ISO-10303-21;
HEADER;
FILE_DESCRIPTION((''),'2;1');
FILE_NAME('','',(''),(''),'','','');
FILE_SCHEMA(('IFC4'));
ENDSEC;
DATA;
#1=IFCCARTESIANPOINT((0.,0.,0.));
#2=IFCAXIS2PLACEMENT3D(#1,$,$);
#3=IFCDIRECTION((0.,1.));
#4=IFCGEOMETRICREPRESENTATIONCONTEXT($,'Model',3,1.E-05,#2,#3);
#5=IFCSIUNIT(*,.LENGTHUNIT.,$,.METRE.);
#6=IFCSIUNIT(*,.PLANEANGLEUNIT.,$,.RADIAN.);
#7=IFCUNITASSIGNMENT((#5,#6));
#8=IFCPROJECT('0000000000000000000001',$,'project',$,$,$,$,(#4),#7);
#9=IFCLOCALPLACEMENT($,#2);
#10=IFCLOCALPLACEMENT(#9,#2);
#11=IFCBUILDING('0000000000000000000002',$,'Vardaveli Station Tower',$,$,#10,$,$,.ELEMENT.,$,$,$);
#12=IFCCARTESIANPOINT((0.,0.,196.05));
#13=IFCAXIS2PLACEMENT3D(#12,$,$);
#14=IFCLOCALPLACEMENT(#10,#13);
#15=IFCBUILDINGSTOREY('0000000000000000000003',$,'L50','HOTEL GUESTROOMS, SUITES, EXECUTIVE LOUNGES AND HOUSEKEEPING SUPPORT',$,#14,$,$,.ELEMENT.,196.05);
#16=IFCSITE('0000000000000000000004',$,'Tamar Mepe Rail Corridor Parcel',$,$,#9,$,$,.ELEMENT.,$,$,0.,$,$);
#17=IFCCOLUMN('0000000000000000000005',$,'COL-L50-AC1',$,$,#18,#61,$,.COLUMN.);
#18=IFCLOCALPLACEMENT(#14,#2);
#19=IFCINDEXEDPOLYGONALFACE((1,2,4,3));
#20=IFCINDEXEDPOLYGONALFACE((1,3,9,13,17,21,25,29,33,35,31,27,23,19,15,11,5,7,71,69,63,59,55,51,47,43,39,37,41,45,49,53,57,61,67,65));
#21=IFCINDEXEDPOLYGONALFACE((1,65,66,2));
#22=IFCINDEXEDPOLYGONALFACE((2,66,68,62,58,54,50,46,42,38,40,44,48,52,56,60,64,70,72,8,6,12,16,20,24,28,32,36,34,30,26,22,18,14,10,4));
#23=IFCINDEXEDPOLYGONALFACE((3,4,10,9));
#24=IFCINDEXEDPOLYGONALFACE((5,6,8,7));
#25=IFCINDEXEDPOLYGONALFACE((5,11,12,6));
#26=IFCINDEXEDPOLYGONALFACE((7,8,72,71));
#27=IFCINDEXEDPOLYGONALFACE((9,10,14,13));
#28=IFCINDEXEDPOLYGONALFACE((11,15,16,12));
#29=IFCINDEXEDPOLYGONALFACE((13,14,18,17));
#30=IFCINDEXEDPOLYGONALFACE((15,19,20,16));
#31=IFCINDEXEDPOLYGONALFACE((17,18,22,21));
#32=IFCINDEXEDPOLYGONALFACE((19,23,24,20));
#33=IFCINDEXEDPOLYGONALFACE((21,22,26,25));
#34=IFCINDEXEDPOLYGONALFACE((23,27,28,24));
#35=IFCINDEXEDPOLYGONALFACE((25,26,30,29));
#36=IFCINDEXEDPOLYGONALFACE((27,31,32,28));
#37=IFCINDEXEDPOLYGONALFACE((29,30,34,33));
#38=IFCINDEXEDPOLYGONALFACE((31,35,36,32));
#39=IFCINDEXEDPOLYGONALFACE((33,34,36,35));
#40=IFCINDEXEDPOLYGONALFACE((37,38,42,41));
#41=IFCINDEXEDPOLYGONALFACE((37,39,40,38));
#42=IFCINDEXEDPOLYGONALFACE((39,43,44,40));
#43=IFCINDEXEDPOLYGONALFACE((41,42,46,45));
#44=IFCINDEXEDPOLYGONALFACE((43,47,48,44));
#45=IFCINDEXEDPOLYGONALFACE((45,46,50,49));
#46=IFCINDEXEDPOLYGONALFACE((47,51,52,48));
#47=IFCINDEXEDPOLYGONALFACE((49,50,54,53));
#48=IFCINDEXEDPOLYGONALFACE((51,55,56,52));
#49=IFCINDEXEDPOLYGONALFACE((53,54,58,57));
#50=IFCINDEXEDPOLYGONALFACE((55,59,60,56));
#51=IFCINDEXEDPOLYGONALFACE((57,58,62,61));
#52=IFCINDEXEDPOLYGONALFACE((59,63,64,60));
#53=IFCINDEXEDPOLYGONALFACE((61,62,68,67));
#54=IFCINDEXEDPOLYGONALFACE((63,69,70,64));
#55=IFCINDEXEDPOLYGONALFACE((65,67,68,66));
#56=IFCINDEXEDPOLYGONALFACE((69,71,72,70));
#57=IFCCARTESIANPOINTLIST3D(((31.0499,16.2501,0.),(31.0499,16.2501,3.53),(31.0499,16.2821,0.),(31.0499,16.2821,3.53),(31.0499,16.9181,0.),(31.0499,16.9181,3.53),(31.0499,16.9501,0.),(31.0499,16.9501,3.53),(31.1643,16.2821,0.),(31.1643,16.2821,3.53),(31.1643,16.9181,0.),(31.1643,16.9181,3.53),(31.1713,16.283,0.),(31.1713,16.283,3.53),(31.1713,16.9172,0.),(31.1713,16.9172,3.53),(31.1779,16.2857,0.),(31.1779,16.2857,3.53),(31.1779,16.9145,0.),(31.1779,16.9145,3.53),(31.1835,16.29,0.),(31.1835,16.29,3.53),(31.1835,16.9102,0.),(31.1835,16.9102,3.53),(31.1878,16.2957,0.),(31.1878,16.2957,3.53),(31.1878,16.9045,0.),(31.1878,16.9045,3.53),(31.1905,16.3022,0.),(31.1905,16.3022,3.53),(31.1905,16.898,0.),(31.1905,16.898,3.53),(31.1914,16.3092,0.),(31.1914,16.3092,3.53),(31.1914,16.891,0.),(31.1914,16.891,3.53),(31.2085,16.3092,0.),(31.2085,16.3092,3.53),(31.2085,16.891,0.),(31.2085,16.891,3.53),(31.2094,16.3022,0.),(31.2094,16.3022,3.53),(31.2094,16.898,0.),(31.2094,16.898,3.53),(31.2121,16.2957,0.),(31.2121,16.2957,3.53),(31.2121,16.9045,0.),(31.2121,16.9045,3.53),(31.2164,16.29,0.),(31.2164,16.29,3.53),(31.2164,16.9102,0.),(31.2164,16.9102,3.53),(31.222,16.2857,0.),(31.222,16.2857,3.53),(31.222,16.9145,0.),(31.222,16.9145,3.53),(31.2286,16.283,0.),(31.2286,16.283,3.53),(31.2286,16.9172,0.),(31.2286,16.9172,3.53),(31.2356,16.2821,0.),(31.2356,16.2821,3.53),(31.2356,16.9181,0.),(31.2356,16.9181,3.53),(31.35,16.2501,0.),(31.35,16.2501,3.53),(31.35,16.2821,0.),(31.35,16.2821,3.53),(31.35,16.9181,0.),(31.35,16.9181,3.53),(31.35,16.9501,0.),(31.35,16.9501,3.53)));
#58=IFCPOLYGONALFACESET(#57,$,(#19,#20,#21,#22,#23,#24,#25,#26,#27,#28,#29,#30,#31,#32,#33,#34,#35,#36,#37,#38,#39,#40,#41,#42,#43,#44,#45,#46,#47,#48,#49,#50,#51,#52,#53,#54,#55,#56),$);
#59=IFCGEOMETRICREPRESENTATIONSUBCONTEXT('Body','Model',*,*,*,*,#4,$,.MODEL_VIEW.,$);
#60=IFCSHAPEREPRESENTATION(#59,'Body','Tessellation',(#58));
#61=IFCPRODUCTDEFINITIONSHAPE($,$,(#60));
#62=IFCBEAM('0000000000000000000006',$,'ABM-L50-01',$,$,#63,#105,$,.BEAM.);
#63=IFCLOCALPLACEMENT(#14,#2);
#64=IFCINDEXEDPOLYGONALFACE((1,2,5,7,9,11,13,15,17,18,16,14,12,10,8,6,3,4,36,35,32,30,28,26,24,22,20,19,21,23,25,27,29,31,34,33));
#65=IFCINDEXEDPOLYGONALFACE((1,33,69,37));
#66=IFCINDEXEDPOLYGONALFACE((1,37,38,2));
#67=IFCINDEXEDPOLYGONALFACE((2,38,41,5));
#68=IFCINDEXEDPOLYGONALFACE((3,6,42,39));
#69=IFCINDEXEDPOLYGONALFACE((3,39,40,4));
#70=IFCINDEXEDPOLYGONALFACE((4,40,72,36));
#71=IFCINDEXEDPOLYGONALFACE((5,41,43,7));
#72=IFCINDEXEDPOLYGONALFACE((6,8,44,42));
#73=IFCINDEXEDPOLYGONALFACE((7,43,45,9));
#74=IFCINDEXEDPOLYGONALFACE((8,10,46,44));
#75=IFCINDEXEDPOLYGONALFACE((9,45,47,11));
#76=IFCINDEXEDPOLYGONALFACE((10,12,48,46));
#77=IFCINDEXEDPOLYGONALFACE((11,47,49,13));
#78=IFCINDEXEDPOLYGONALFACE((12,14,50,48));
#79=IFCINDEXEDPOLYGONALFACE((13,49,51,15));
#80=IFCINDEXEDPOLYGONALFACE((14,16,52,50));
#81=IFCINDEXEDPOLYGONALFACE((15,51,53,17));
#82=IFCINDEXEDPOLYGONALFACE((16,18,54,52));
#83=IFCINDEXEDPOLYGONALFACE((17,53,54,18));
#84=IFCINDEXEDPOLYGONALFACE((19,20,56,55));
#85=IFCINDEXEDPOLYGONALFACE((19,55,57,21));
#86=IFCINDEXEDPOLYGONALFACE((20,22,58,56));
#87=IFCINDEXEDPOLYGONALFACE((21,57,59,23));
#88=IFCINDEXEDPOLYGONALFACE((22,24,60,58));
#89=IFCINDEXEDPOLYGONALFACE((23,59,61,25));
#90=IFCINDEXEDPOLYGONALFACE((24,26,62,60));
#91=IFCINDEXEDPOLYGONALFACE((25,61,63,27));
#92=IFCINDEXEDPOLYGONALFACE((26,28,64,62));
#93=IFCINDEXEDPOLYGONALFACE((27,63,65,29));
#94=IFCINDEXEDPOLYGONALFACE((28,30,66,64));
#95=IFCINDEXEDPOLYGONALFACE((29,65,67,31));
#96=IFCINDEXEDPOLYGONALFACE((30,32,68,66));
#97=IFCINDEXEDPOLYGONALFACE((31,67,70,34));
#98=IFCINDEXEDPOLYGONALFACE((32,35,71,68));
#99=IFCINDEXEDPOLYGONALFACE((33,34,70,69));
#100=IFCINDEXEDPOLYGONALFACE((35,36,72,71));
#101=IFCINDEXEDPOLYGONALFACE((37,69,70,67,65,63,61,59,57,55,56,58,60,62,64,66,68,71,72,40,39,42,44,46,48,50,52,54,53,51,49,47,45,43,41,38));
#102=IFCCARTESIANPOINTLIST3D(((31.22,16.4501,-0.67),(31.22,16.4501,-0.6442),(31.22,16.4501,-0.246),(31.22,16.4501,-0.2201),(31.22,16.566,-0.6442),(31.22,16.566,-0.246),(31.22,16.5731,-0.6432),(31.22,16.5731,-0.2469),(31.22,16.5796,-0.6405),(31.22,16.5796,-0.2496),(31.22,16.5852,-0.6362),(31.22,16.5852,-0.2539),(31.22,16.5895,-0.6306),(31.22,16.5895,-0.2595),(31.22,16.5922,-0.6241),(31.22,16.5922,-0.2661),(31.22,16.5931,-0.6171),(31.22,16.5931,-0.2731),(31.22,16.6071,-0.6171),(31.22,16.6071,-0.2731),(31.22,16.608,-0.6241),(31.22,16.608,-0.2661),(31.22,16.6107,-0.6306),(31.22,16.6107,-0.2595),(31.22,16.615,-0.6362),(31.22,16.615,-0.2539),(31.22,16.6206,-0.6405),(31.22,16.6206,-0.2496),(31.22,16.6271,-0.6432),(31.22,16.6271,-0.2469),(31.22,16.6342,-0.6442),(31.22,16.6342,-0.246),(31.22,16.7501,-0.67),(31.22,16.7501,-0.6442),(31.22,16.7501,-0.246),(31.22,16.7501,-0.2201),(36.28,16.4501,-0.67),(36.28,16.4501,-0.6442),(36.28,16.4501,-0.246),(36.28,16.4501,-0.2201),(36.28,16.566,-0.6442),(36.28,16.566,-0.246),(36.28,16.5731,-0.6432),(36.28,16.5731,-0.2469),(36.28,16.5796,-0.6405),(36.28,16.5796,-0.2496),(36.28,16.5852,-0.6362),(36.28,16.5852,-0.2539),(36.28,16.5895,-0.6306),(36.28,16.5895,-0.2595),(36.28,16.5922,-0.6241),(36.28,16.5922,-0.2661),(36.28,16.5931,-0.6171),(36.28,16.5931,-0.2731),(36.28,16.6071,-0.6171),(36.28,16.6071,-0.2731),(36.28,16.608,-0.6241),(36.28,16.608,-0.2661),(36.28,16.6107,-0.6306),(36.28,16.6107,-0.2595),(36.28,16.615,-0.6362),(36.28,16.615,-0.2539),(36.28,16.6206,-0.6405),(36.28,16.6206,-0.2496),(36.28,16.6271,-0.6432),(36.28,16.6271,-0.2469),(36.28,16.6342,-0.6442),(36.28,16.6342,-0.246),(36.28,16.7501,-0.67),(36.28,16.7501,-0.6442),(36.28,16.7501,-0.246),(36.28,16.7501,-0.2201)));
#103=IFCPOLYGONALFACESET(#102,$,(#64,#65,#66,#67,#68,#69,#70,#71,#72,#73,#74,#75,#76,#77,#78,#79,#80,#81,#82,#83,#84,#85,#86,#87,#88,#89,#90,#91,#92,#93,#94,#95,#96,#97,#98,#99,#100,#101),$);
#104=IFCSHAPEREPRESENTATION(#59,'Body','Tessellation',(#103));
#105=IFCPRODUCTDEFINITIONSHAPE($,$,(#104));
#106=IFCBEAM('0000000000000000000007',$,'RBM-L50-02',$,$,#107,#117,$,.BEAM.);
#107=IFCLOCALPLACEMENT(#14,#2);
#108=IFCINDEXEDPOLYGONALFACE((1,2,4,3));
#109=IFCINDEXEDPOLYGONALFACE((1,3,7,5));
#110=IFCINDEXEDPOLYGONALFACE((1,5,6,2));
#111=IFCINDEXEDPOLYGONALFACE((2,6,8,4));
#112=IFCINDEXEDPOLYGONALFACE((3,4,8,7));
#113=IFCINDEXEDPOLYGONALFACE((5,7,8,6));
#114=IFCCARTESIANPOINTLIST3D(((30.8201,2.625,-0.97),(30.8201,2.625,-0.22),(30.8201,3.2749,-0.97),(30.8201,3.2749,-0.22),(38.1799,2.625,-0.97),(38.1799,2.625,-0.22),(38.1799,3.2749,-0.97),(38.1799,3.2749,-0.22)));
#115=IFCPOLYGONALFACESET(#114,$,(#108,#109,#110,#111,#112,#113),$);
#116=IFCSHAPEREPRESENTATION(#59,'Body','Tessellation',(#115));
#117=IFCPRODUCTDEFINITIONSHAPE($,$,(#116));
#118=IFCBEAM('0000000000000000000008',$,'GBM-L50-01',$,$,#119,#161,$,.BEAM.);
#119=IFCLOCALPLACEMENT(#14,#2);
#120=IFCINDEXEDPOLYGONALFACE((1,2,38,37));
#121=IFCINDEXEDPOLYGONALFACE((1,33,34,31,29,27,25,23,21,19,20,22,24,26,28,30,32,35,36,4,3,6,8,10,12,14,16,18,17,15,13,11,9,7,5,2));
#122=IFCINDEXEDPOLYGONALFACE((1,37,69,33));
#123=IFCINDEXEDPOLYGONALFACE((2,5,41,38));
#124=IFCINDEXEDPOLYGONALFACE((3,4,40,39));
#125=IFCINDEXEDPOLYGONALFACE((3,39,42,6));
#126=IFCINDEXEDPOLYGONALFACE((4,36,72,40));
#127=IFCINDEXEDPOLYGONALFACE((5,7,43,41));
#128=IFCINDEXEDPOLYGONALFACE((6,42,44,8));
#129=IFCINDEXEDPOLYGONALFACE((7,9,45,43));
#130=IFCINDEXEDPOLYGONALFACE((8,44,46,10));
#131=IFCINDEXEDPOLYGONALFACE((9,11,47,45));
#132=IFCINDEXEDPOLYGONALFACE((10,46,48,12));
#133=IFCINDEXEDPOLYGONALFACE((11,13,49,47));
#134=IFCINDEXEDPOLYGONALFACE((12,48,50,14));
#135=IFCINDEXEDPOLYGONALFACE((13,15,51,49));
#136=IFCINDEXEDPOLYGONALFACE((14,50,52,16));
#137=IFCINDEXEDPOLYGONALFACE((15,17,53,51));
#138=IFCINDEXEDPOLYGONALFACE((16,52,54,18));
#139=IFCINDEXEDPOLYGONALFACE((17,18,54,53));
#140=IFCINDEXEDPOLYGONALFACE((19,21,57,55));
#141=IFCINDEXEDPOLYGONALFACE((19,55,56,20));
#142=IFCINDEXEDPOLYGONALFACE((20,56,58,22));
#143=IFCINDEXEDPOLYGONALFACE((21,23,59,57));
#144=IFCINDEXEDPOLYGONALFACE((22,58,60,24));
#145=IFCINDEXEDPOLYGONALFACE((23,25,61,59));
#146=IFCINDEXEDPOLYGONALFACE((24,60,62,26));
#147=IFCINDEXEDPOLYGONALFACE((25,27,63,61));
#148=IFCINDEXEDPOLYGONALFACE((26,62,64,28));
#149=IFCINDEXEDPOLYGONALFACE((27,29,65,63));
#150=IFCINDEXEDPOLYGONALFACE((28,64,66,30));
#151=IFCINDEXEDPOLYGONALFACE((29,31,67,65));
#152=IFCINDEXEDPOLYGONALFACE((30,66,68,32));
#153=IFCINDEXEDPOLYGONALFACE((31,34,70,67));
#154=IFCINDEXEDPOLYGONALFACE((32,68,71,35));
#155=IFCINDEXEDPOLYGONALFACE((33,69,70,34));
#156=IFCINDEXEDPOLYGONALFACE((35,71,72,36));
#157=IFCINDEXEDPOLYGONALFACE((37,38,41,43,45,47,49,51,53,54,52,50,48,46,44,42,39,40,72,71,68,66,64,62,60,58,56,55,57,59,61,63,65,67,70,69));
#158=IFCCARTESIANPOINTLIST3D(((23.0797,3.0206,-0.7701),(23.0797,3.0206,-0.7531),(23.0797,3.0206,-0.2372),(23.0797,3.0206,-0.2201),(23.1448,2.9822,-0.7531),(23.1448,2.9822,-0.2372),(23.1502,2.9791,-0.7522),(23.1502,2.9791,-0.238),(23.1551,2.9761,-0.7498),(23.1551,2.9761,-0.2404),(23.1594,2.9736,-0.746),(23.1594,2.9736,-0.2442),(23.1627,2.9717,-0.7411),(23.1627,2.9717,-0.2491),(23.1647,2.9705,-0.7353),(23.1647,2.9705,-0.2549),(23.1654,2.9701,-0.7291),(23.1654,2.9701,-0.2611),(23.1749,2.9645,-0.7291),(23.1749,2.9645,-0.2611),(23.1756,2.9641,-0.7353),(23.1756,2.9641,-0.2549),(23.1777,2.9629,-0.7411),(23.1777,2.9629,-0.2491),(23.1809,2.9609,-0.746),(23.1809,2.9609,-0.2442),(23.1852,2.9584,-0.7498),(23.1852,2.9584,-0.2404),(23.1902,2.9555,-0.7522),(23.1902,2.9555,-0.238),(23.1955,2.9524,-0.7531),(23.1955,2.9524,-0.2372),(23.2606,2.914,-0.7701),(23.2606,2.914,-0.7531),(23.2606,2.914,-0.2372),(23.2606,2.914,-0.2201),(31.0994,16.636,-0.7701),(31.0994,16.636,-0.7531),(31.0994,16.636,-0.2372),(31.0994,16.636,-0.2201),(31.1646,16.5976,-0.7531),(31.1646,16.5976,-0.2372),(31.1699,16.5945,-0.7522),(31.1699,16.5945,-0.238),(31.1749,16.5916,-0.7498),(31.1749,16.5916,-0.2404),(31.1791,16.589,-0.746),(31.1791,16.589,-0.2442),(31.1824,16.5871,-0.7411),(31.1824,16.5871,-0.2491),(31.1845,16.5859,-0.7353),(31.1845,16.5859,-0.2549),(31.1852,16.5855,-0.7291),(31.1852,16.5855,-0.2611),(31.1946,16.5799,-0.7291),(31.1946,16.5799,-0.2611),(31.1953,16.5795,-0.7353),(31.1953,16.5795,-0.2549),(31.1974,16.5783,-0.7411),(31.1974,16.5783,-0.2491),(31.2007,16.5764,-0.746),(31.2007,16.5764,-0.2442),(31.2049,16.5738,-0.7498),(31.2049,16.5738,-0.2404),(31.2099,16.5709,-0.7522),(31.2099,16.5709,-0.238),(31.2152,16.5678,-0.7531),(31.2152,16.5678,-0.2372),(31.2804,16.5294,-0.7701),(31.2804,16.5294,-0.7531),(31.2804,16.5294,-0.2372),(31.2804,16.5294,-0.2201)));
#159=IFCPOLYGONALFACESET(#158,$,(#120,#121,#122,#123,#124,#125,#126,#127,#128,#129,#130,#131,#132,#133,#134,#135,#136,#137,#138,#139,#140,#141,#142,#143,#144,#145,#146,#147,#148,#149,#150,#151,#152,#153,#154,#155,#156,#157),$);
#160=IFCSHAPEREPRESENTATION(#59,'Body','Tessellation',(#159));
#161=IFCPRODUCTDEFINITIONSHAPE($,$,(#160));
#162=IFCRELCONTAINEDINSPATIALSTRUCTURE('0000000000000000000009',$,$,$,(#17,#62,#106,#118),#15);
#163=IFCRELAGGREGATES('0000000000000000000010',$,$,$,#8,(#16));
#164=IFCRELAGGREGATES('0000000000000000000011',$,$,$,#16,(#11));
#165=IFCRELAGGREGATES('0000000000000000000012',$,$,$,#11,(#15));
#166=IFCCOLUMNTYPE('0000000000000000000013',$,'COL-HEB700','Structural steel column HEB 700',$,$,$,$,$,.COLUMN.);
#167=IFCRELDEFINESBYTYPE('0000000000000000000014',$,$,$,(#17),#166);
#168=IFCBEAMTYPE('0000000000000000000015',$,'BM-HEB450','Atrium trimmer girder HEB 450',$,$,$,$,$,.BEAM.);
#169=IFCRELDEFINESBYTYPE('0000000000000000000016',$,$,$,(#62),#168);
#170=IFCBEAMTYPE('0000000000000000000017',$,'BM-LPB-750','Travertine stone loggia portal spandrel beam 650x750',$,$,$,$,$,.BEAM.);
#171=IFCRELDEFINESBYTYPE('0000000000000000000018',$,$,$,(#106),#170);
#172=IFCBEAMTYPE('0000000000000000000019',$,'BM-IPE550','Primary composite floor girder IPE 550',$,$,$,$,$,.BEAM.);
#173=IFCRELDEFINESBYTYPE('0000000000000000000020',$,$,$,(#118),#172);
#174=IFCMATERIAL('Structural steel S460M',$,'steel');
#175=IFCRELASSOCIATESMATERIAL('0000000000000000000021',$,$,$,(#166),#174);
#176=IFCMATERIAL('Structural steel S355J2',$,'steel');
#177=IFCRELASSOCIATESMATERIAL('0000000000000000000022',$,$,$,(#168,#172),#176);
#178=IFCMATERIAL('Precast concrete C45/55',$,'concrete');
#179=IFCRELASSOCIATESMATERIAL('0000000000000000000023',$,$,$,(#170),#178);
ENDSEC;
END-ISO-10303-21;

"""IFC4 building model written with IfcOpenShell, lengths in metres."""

from ifc_helpers import new_model, si_unit, direction, frame, origin, origin_2d, place, context, subcontext, project, spatial, rectangle, i_section, extrude, source, transform, mapped, material, material_profile, profile_set, type_object, element, save


model = new_model("IFC4")

# Units and contexts
model_context = context("Model", 3, precision=1e-05, world=origin(), true_north=direction((0.0, 1.0)))
body_context = subcontext(model_context, "Body", "Model", "MODEL_VIEW")
ifc_project = project(units=[si_unit("LENGTHUNIT", "METRE"), si_unit("PLANEANGLEUNIT", "RADIAN")], contexts=[model_context])

# Site, building, storey
site_placement = place(None, origin())
site = spatial("IfcSite", under=ifc_project, at=site_placement, Name="Tamar Mepe Rail Corridor Parcel", CompositionType="ELEMENT", RefElevation=0.0)
building_placement = place(site_placement, origin())
building = spatial("IfcBuilding", under=site, at=building_placement, Name="Vardaveli Station Tower", CompositionType="ELEMENT")
storey_placement = place(building_placement, frame((0.0, 0.0, 196.05)))
storey = spatial("IfcBuildingStorey", under=building, at=storey_placement, Name="L50", Description="HOTEL GUESTROOMS, SUITES, EXECUTIVE LOUNGES AND HOUSEKEEPING SUPPORT", CompositionType="ELEMENT", Elevation=196.05)

# Column
ifc_material_1 = material(Name="Structural steel S460M", Category="steel")
ifc_material_profile_1 = material_profile(ifc_material_1, i_section(OverallWidth=0.3, OverallDepth=0.7, WebThickness=0.0171, FlangeThickness=0.032, FilletRadius=0.0271, at=origin_2d()), Name="HEB 700")
ifc_profile_set_1 = profile_set([ifc_material_profile_1], Name="Structural steel S460M")
column_type = type_object("IfcColumnType", Name="COL-HEB700", Description="Structural steel column HEB 700", PredefinedType="COLUMN", material=ifc_profile_set_1)
shared_shape_1 = source(origin(), body_context, "Body", "SweptSolid", [
    extrude(i_section(OverallWidth=0.3, OverallDepth=0.7, WebThickness=0.0171, FlangeThickness=0.032, FilletRadius=0.0271, at=origin_2d()), origin(), (0.0, 0.0, 1.0), 3.53),
])
column_placement = place(storey_placement, frame((31.2, 16.6001, 0.0), z_axis=(0.0, 0.0, 1.0), x_axis=(1.0, 0.0, 0.0)))
element("IfcColumn", 1, at=column_placement, inside=storey, type_object=column_type, Name="COL-L50-AC1", PredefinedType="COLUMN", context=body_context, shape_type="MappedRepresentation", body=[
    mapped(shared_shape_1, transform((0.0, 0.0, 0.0), scale=1.0)),
])

# Beams
ifc_material_2 = material(Name="Structural steel S355J2", Category="steel")
ifc_material_profile_2 = material_profile(ifc_material_2, i_section(OverallWidth=0.3, OverallDepth=0.45, WebThickness=0.0139, FlangeThickness=0.0259, FilletRadius=0.0271, at=origin_2d()), Name="HEB 450")
ifc_profile_set_2 = profile_set([ifc_material_profile_2], Name="Structural steel S355J2")
beam_type_1 = type_object("IfcBeamType", Name="BM-HEB450", Description="Atrium trimmer girder HEB 450", PredefinedType="BEAM", material=ifc_profile_set_2)
shared_shape_2 = source(origin(), body_context, "Body", "SweptSolid", [
    extrude(i_section(OverallWidth=0.3, OverallDepth=0.45, WebThickness=0.0139, FlangeThickness=0.0259, FilletRadius=0.0271, at=origin_2d()), origin(), (0.0, 0.0, 1.0), 5.0601),
])
beam_1_placement = place(storey_placement, frame((31.22, 16.6001, -0.4451), z_axis=(1.0, 0.0, 0.0), x_axis=(0.0, 1.0, 0.0)))
element("IfcBeam", 2, at=beam_1_placement, inside=storey, type_object=beam_type_1, Name="ABM-L50-01", PredefinedType="BEAM", context=body_context, shape_type="MappedRepresentation", body=[
    mapped(shared_shape_2, transform((0.0, 0.0, 0.0), scale=1.0)),
])
ifc_material_3 = material(Name="Precast concrete C45/55", Category="concrete")
ifc_material_profile_3 = material_profile(ifc_material_3, rectangle(XDim=0.6499, YDim=0.75, at=origin_2d()), Name="LPB 650x750")
ifc_profile_set_3 = profile_set([ifc_material_profile_3], Name="Precast concrete C45/55")
beam_type_2 = type_object("IfcBeamType", Name="BM-LPB-750", Description="Travertine stone loggia portal spandrel beam 650x750", PredefinedType="BEAM", material=ifc_profile_set_3)
shared_shape_3 = source(origin(), body_context, "Body", "SweptSolid", [
    extrude(rectangle(XDim=0.6499, YDim=0.75, at=origin_2d()), origin(), (0.0, 0.0, 1.0), 7.3599),
])
beam_2_placement = place(storey_placement, frame((30.8201, 2.95, -0.595), z_axis=(1.0, 0.0, 0.0), x_axis=(0.0, 1.0, 0.0)))
element("IfcBeam", 3, at=beam_2_placement, inside=storey, type_object=beam_type_2, Name="RBM-L50-02", PredefinedType="BEAM", context=body_context, shape_type="MappedRepresentation", body=[
    mapped(shared_shape_3, transform((0.0, 0.0, 0.0), scale=1.0)),
])
ifc_material_profile_4 = material_profile(ifc_material_2, i_section(OverallWidth=0.21, OverallDepth=0.55, WebThickness=0.011, FlangeThickness=0.0171, FilletRadius=0.0239, at=origin_2d()), Name="IPE 550")
ifc_profile_set_4 = profile_set([ifc_material_profile_4], Name="Structural steel S355J2")
beam_type_3 = type_object("IfcBeamType", Name="BM-IPE550", Description="Primary composite floor girder IPE 550", PredefinedType="BEAM", material=ifc_profile_set_4)
shared_shape_4 = source(origin(), body_context, "Body", "SweptSolid", [
    extrude(i_section(OverallWidth=0.21, OverallDepth=0.55, WebThickness=0.011, FlangeThickness=0.0171, FilletRadius=0.0239, at=origin_2d()), origin(), (0.0, 0.0, 1.0), 15.8018),
])
beam_3_placement = place(storey_placement, frame((23.1702, 2.9673, -0.4951), z_axis=(0.507522, 0.861639, 0.0), x_axis=(-0.861639, 0.507522, 0.0)))
element("IfcBeam", 4, at=beam_3_placement, inside=storey, type_object=beam_type_3, Name="GBM-L50-01", PredefinedType="BEAM", context=body_context, shape_type="MappedRepresentation", body=[
    mapped(shared_shape_4, transform((0.0, 0.0, 0.0), scale=1.0)),
])

save(model, "model.ifc")
